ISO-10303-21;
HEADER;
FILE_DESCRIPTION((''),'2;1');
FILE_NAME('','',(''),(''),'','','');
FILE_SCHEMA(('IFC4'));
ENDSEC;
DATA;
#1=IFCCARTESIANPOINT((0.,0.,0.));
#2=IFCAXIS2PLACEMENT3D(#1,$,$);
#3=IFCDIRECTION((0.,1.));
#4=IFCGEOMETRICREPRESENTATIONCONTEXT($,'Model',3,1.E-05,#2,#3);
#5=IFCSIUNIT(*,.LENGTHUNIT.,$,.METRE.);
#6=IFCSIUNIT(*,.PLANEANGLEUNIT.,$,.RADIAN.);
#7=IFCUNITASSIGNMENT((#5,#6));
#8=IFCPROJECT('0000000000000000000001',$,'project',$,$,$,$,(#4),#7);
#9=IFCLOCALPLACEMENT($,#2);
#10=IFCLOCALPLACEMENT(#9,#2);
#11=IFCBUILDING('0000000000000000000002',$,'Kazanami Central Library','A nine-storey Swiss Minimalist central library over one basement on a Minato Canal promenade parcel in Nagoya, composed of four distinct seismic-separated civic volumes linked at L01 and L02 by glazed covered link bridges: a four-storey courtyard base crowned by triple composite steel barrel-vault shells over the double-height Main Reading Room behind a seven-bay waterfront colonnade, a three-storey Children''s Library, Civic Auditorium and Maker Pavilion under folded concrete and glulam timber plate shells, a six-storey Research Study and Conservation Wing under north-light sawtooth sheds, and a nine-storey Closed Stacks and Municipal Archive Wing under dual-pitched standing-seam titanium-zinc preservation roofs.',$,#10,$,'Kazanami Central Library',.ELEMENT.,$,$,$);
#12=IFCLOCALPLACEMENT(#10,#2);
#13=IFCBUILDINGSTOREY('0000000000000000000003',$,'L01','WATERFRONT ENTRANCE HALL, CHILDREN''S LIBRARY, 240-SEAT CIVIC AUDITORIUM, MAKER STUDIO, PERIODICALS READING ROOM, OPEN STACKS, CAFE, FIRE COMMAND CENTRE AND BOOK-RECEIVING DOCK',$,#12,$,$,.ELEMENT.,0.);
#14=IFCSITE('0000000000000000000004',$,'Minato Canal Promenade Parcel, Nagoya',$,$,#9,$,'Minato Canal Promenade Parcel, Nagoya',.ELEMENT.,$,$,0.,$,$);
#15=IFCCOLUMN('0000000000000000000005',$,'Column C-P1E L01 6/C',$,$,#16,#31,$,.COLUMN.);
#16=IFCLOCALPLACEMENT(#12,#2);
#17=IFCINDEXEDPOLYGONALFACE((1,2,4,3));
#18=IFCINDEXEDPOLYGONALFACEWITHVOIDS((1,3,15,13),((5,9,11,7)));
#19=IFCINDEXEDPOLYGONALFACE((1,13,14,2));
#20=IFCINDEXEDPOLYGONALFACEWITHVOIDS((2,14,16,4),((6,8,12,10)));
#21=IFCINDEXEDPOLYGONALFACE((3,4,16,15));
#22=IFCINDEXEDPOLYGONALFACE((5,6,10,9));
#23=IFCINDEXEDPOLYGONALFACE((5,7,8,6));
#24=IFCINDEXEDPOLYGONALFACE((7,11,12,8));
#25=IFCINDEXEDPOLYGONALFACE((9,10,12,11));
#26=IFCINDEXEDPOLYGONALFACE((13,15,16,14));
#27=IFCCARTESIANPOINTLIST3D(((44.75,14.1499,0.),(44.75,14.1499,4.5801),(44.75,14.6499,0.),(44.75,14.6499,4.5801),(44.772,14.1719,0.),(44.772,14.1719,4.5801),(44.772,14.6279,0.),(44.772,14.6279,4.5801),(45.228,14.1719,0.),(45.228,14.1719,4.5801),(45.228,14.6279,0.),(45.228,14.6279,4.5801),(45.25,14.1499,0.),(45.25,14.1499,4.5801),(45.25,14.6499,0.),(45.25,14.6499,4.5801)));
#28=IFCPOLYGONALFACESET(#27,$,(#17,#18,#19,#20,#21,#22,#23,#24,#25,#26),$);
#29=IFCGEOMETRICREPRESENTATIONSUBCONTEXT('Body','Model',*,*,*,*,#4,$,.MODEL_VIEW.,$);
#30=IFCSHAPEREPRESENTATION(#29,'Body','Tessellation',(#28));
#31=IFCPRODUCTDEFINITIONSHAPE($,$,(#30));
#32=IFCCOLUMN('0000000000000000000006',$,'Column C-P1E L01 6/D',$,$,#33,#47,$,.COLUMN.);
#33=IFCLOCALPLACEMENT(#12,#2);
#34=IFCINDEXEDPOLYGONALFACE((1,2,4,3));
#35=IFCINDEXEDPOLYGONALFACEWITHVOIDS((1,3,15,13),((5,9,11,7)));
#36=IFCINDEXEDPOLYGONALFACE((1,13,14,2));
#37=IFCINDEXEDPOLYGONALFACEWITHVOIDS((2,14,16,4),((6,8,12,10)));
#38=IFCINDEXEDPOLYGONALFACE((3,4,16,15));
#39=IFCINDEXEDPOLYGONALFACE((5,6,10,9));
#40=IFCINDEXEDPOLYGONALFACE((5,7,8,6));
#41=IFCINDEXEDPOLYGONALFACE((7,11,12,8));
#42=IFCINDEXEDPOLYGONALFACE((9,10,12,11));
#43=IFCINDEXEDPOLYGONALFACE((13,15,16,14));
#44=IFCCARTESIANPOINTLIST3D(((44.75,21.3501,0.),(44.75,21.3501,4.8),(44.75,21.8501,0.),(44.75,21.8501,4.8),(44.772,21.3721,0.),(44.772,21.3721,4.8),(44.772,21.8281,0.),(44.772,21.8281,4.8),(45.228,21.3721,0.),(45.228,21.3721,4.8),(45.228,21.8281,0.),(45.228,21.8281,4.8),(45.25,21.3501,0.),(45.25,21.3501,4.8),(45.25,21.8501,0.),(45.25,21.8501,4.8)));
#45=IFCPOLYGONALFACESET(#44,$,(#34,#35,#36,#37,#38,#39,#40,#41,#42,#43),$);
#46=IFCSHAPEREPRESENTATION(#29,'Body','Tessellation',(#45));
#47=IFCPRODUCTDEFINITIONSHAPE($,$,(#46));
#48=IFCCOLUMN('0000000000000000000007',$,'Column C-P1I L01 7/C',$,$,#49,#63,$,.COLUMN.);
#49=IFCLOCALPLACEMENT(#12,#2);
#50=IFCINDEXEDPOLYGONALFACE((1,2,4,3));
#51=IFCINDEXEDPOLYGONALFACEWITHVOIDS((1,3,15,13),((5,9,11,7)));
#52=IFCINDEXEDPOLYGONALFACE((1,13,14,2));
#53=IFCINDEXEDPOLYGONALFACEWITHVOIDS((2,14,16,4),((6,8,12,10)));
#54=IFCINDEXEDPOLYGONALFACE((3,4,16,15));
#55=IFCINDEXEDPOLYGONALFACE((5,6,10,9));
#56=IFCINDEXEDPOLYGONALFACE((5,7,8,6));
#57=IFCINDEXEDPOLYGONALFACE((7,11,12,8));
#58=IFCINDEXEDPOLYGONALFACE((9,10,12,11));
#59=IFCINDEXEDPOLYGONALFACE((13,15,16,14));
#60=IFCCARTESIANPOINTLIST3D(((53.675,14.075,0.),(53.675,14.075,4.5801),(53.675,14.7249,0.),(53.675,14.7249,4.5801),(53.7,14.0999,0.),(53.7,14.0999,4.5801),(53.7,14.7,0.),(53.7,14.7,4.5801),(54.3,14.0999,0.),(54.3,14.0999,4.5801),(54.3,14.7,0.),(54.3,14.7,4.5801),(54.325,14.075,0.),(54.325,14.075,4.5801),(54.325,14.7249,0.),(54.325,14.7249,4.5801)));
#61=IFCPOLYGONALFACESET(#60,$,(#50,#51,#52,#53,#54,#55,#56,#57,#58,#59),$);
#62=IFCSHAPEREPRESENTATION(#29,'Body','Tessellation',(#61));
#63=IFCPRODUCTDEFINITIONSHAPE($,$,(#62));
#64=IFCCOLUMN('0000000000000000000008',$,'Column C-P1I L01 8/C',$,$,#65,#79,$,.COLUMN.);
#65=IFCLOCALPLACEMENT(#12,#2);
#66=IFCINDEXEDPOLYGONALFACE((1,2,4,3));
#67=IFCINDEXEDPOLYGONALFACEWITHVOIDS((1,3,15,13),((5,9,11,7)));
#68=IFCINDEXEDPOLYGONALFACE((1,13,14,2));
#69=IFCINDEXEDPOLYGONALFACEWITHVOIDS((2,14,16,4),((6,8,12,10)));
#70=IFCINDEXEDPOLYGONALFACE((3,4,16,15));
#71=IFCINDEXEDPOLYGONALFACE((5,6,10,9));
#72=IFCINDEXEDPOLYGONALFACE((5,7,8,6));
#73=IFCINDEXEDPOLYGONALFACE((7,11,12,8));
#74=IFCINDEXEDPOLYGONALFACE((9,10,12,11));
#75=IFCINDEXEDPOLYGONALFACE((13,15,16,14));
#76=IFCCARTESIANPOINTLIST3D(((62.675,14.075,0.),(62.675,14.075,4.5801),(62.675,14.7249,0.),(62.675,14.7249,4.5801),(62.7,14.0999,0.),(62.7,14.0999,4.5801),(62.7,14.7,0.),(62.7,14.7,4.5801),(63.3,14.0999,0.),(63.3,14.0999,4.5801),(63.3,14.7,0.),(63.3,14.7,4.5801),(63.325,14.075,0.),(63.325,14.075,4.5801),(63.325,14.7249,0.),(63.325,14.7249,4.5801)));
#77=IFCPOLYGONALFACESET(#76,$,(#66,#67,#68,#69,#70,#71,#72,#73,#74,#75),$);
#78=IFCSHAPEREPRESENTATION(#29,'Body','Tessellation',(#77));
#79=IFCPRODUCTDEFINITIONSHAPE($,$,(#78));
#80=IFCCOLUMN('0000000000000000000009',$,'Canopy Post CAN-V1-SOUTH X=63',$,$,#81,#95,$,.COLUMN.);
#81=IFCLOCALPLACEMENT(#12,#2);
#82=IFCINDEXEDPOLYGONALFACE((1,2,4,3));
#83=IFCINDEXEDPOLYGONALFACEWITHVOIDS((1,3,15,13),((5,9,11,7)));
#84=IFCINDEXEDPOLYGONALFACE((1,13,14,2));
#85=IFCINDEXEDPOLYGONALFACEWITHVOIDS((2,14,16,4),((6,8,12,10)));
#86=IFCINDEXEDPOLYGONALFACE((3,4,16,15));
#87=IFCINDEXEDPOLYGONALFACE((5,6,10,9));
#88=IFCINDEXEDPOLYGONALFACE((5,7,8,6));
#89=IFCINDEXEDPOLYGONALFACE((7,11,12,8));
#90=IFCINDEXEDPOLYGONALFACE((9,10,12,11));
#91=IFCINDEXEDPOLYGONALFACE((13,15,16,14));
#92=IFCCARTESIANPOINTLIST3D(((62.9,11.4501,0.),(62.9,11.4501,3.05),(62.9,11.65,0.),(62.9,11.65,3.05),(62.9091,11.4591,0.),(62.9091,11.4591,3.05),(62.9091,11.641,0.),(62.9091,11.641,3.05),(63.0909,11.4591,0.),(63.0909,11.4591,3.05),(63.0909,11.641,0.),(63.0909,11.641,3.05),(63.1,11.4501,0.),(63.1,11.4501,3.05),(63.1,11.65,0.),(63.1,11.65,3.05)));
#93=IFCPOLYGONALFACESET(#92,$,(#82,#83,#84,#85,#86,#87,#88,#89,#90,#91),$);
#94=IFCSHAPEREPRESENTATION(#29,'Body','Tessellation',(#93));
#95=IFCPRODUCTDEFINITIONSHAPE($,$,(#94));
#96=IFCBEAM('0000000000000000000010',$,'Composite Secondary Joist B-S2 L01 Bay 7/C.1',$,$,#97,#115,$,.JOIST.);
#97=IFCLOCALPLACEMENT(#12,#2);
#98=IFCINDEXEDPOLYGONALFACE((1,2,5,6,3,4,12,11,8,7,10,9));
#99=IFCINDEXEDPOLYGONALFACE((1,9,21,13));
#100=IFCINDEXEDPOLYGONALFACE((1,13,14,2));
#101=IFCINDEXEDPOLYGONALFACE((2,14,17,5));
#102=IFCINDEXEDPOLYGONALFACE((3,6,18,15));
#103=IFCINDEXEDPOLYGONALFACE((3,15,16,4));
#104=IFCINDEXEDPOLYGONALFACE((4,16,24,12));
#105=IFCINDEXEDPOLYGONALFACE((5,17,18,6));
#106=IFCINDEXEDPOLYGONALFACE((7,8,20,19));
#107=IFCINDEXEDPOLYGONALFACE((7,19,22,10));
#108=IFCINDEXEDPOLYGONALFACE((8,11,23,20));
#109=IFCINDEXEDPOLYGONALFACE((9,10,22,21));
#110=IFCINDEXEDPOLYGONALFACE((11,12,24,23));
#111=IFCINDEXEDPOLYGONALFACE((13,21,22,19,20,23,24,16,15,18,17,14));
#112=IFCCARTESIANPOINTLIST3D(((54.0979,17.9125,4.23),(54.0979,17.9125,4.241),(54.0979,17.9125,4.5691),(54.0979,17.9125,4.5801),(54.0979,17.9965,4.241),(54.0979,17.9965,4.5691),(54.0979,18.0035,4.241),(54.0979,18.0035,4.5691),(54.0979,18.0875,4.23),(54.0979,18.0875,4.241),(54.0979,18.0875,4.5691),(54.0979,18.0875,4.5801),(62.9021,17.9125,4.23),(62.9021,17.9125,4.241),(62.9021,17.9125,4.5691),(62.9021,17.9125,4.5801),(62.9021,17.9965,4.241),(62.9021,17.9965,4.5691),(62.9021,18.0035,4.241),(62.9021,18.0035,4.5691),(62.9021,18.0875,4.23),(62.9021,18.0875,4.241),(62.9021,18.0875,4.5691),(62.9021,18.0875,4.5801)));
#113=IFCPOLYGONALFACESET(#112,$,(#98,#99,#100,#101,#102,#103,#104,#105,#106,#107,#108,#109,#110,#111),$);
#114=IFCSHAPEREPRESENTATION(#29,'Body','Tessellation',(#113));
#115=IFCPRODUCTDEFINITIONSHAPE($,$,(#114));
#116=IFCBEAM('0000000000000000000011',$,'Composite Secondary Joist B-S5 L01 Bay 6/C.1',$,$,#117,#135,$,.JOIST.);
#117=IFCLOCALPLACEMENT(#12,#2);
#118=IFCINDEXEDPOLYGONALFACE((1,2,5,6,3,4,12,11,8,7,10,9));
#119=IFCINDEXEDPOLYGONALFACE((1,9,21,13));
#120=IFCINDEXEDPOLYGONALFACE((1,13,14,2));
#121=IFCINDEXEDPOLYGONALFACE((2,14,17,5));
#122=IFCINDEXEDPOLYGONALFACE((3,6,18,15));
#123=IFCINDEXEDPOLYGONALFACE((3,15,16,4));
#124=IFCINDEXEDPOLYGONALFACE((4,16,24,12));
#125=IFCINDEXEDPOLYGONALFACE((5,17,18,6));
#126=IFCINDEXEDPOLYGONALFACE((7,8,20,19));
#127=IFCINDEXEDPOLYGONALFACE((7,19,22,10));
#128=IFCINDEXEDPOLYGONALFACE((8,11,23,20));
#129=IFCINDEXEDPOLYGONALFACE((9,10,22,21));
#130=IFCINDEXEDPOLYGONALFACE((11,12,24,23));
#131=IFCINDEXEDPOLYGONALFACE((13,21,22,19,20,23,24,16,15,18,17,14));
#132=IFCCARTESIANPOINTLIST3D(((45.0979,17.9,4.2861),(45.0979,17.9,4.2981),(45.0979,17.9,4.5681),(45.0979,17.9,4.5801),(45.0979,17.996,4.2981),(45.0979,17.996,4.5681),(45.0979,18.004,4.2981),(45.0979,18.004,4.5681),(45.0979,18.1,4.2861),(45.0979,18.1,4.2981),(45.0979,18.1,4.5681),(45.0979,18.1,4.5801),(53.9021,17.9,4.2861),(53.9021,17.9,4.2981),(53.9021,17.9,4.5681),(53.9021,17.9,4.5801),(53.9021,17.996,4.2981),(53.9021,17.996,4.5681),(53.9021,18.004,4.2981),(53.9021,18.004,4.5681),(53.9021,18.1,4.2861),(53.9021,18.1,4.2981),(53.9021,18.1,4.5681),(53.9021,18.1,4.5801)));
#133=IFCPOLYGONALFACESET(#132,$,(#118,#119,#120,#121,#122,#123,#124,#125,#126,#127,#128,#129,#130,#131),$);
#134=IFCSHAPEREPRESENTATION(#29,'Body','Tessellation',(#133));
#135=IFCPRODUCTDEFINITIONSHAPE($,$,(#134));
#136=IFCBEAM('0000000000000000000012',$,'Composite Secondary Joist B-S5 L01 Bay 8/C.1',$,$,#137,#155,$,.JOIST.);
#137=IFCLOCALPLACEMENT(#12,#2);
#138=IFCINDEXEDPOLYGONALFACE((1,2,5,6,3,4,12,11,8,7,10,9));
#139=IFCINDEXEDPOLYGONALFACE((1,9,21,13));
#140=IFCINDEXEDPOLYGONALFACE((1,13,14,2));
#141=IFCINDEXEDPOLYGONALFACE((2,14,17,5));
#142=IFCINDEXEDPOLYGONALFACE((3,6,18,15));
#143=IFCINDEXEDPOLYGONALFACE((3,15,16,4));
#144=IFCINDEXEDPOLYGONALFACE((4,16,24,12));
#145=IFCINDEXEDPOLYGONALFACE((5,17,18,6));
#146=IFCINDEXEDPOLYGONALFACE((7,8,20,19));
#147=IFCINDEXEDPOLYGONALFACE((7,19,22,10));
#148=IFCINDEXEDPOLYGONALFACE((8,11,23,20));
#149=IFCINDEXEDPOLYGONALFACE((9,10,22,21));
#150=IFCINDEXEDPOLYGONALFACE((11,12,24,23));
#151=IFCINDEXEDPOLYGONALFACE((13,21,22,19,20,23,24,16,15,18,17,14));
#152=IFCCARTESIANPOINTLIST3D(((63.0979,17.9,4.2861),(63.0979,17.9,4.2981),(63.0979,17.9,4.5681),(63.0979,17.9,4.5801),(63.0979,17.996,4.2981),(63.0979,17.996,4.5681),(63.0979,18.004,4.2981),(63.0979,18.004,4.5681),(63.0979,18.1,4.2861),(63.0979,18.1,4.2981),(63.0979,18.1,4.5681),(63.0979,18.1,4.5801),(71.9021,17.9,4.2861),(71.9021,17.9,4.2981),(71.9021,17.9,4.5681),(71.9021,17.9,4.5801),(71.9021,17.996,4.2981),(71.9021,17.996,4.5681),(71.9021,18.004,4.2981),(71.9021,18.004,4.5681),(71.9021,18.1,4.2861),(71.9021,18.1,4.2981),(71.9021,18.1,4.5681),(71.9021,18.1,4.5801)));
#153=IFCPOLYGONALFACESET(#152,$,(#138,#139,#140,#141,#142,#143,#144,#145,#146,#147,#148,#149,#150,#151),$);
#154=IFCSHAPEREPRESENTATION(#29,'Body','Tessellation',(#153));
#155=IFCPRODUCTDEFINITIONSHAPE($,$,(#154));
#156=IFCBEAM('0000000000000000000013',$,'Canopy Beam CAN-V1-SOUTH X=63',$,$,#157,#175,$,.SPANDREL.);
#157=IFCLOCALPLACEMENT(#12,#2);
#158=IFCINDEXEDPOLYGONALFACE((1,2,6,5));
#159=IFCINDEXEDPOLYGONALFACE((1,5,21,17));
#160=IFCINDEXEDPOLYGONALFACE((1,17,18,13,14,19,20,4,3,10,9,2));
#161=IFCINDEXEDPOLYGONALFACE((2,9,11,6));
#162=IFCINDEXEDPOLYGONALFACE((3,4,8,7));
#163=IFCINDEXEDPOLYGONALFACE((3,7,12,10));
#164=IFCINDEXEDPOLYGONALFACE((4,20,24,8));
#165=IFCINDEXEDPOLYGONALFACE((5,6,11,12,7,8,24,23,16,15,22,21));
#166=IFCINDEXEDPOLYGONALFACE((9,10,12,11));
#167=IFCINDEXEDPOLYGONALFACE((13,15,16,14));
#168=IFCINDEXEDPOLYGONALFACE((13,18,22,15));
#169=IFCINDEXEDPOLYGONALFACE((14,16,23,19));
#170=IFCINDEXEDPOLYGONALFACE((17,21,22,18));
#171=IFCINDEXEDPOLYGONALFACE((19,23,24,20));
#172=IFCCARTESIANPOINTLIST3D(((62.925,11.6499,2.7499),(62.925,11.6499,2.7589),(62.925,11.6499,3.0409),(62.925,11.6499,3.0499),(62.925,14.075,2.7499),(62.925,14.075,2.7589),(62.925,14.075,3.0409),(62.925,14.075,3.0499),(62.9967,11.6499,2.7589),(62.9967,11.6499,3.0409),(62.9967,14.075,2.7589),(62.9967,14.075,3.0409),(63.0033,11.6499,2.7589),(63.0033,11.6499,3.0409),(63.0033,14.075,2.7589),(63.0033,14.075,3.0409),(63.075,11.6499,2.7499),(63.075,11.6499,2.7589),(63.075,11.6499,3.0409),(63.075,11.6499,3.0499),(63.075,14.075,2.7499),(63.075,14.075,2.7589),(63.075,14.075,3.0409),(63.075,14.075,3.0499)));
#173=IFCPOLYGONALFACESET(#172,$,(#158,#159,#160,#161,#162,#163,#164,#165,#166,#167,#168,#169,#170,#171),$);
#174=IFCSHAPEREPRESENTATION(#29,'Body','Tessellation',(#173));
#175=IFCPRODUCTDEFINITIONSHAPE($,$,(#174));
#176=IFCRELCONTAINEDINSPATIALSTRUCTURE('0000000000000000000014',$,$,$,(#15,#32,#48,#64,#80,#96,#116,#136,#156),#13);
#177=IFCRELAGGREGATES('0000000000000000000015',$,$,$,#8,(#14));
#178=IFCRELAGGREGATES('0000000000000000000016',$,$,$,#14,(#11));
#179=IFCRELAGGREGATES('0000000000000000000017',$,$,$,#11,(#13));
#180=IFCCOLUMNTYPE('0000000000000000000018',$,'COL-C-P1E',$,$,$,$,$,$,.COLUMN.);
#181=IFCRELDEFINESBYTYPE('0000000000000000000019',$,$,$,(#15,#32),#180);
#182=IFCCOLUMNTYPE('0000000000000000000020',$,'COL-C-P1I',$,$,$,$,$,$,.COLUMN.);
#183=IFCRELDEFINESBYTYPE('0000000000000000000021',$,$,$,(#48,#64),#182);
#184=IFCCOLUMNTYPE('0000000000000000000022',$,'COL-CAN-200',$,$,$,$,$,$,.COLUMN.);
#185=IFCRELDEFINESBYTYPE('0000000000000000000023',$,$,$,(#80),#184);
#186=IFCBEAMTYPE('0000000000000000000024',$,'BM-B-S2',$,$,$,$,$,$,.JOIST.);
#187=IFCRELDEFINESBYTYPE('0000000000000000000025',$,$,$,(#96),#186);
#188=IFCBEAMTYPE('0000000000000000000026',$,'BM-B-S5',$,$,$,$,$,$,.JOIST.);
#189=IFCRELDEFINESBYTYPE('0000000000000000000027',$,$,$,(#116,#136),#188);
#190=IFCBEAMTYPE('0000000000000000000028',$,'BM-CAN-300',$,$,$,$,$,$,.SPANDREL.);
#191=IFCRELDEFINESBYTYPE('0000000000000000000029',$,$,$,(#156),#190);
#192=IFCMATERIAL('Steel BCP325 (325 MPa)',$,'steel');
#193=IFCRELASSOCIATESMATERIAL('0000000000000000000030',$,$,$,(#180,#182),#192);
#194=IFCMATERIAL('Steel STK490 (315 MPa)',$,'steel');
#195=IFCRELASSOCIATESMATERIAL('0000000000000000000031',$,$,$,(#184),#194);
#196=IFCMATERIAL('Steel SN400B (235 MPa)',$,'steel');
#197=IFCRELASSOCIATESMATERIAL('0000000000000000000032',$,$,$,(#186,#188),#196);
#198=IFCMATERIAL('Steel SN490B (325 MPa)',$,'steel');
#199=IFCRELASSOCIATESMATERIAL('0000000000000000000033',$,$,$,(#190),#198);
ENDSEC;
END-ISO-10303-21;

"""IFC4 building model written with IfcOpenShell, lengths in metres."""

from ifc_helpers import new_model, si_unit, direction, frame, origin, origin_2d, place, context, subcontext, project, spatial, hollow_rectangle, i_section, extrude, material, material_profile, profile_set, type_object, element, save


model = new_model("IFC4")

# Units and contexts
model_context = context("Model", 3, precision=1e-05, world=origin(), true_north=direction((0.0, 1.0)))
body_context = subcontext(model_context, "Body", "Model", "MODEL_VIEW")
ifc_project = project(units=[si_unit("LENGTHUNIT", "METRE"), si_unit("PLANEANGLEUNIT", "RADIAN")], contexts=[model_context])

# Site, building, storey
site_placement = place(None, origin())
site = spatial("IfcSite", under=ifc_project, at=site_placement, Name="Minato Canal Promenade Parcel, Nagoya", LongName="Minato Canal Promenade Parcel, Nagoya", CompositionType="ELEMENT", RefElevation=0.0)
building_placement = place(site_placement, origin())
building = spatial("IfcBuilding", under=site, at=building_placement, Name="Kazanami Central Library", Description="A nine-storey Swiss Minimalist central library over one basement on a Minato Canal promenade parcel in Nagoya, composed of four distinct seismic-separated civic volumes linked at L01 and L02 by glazed covered link bridges: a four-storey courtyard base crowned by triple composite steel barrel-vault shells over the double-height Main Reading Room behind a seven-bay waterfront colonnade, a three-storey Children's Library, Civic Auditorium and Maker Pavilion under folded concrete and glulam timber plate shells, a six-storey Research Study and Conservation Wing under north-light sawtooth sheds, and a nine-storey Closed Stacks and Municipal Archive Wing under dual-pitched standing-seam titanium-zinc preservation roofs.", LongName="Kazanami Central Library", CompositionType="ELEMENT")
storey_placement = place(building_placement, origin())
storey = spatial("IfcBuildingStorey", under=building, at=storey_placement, Name="L01", Description="WATERFRONT ENTRANCE HALL, CHILDREN'S LIBRARY, 240-SEAT CIVIC AUDITORIUM, MAKER STUDIO, PERIODICALS READING ROOM, OPEN STACKS, CAFE, FIRE COMMAND CENTRE AND BOOK-RECEIVING DOCK", CompositionType="ELEMENT", Elevation=0.0)

# Columns
ifc_material_1 = material(Name="Steel BCP325 (325 MPa)", Category="steel")
ifc_material_profile_1 = material_profile(ifc_material_1, hollow_rectangle(XDim=0.5, YDim=0.5, WallThickness=0.022, at=origin_2d()), Name="BCP-500x500x22")
ifc_profile_set_1 = profile_set([ifc_material_profile_1], Name="Steel BCP325 (325 MPa)")
column_type_1 = type_object("IfcColumnType", Name="COL-C-P1E", PredefinedType="COLUMN", material=ifc_profile_set_1)
column_1_placement = place(storey_placement, frame((45.0, 14.3999, 0.0), z_axis=(0.0, 0.0, 1.0), x_axis=(1.0, 0.0, 0.0)))
element("IfcColumn", 1, at=column_1_placement, inside=storey, type_object=column_type_1, Name="Column C-P1E L01 6/C", PredefinedType="COLUMN", context=body_context, shape_type="SweptSolid", body=[
    extrude(hollow_rectangle(XDim=0.5, YDim=0.5, WallThickness=0.022, at=origin_2d()), origin(), (0.0, 0.0, 1.0), 4.5801),
])
column_2_placement = place(storey_placement, frame((45.0, 21.6001, 0.0), z_axis=(0.0, 0.0, 1.0), x_axis=(1.0, 0.0, 0.0)))
element("IfcColumn", 2, at=column_2_placement, inside=storey, type_object=column_type_1, Name="Column C-P1E L01 6/D", PredefinedType="COLUMN", context=body_context, shape_type="SweptSolid", body=[
    extrude(hollow_rectangle(XDim=0.5, YDim=0.5, WallThickness=0.022, at=origin_2d()), origin(), (0.0, 0.0, 1.0), 4.8),
])
ifc_material_profile_2 = material_profile(ifc_material_1, hollow_rectangle(XDim=0.6499, YDim=0.6499, WallThickness=0.0249, at=origin_2d()), Name="BCP-650x650x25")
ifc_profile_set_2 = profile_set([ifc_material_profile_2], Name="Steel BCP325 (325 MPa)")
column_type_2 = type_object("IfcColumnType", Name="COL-C-P1I", PredefinedType="COLUMN", material=ifc_profile_set_2)
for number, where, z_axis, x_axis, name in (
    (3, (54.0, 14.3999, 0.0), (0.0, 0.0, 1.0), (1.0, 0.0, 0.0), "Column C-P1I L01 7/C"),
    (4, (63.0, 14.3999, 0.0), (0.0, 0.0, 1.0), (1.0, 0.0, 0.0), "Column C-P1I L01 8/C"),
):
    element("IfcColumn", number, at=place(storey_placement, frame(where, z_axis=z_axis, x_axis=x_axis)), inside=storey, type_object=column_type_2, Name=name, PredefinedType="COLUMN", context=body_context, shape_type="SweptSolid", body=[
        extrude(hollow_rectangle(XDim=0.6499, YDim=0.6499, WallThickness=0.0249, at=origin_2d()), origin(), (0.0, 0.0, 1.0), 4.5801),
    ])
ifc_material_2 = material(Name="Steel STK490 (315 MPa)", Category="steel")
ifc_material_profile_3 = material_profile(ifc_material_2, hollow_rectangle(XDim=0.2, YDim=0.2, WallThickness=0.009, at=origin_2d()), Name="STKR-200x200x9")
ifc_profile_set_3 = profile_set([ifc_material_profile_3], Name="Steel STK490 (315 MPa)")
column_type_3 = type_object("IfcColumnType", Name="COL-CAN-200", PredefinedType="COLUMN", material=ifc_profile_set_3)
column_3_placement = place(storey_placement, frame((63.0, 11.55, 0.0), z_axis=(0.0, 0.0, 1.0), x_axis=(1.0, 0.0, 0.0)))
element("IfcColumn", 5, at=column_3_placement, inside=storey, type_object=column_type_3, Name="Canopy Post CAN-V1-SOUTH X=63", PredefinedType="COLUMN", context=body_context, shape_type="SweptSolid", body=[
    extrude(hollow_rectangle(XDim=0.2, YDim=0.2, WallThickness=0.009, at=origin_2d()), origin(), (0.0, 0.0, 1.0), 3.05),
])

# Beams
ifc_material_3 = material(Name="Steel SN400B (235 MPa)", Category="steel")
ifc_material_profile_4 = material_profile(ifc_material_3, i_section(OverallWidth=0.175, OverallDepth=0.3501, WebThickness=0.0071, FlangeThickness=0.011, at=origin_2d()), Name="H-350x175x7x11")
ifc_profile_set_4 = profile_set([ifc_material_profile_4], Name="Steel SN400B (235 MPa)")
beam_type_1 = type_object("IfcBeamType", Name="BM-B-S2", PredefinedType="JOIST", material=ifc_profile_set_4)
beam_1_placement = place(storey_placement, frame((54.0979, 18.0, 4.405), z_axis=(1.0, 0.0, 0.0), x_axis=(0.0, 1.0, 0.0)))
element("IfcBeam", 6, at=beam_1_placement, inside=storey, type_object=beam_type_1, Name="Composite Secondary Joist B-S2 L01 Bay 7/C.1", PredefinedType="JOIST", context=body_context, shape_type="SweptSolid", body=[
    extrude(i_section(OverallWidth=0.175, OverallDepth=0.3501, WebThickness=0.0071, FlangeThickness=0.011, at=origin_2d()), origin(), (0.0, 0.0, 1.0), 8.8042),
])
ifc_material_profile_5 = material_profile(ifc_material_3, i_section(OverallWidth=0.2, OverallDepth=0.2939, WebThickness=0.0081, FlangeThickness=0.012, at=origin_2d()), Name="H-294x200x8x12")
ifc_profile_set_5 = profile_set([ifc_material_profile_5], Name="Steel SN400B (235 MPa)")
beam_type_2 = type_object("IfcBeamType", Name="BM-B-S5", PredefinedType="JOIST", material=ifc_profile_set_5)
for number, where, z_axis, x_axis, name in (
    (7, (45.0979, 18.0, 4.4331), (1.0, 0.0, 0.0), (0.0, 1.0, 0.0), "Composite Secondary Joist B-S5 L01 Bay 6/C.1"),
    (8, (63.0979, 18.0, 4.4331), (1.0, 0.0, 0.0), (0.0, 1.0, 0.0), "Composite Secondary Joist B-S5 L01 Bay 8/C.1"),
):
    element("IfcBeam", number, at=place(storey_placement, frame(where, z_axis=z_axis, x_axis=x_axis)), inside=storey, type_object=beam_type_2, Name=name, PredefinedType="JOIST", context=body_context, shape_type="SweptSolid", body=[
        extrude(i_section(OverallWidth=0.2, OverallDepth=0.2939, WebThickness=0.0081, FlangeThickness=0.012, at=origin_2d()), origin(), (0.0, 0.0, 1.0), 8.8042),
    ])
ifc_material_4 = material(Name="Steel SN490B (325 MPa)", Category="steel")
ifc_material_profile_6 = material_profile(ifc_material_4, i_section(OverallWidth=0.1499, OverallDepth=0.3, WebThickness=0.0066, FlangeThickness=0.009, at=origin_2d()), Name="H-300x150x6.5x9")
ifc_profile_set_6 = profile_set([ifc_material_profile_6], Name="Steel SN490B (325 MPa)")
beam_type_3 = type_object("IfcBeamType", Name="BM-CAN-300", PredefinedType="SPANDREL", material=ifc_profile_set_6)
beam_2_placement = place(storey_placement, frame((63.0, 14.075, 2.8999), z_axis=(0.0, -1.0, 0.0), x_axis=(1.0, 0.0, 0.0)))
element("IfcBeam", 9, at=beam_2_placement, inside=storey, type_object=beam_type_3, Name="Canopy Beam CAN-V1-SOUTH X=63", PredefinedType="SPANDREL", context=body_context, shape_type="SweptSolid", body=[
    extrude(i_section(OverallWidth=0.1499, OverallDepth=0.3, WebThickness=0.0066, FlangeThickness=0.009, at=origin_2d()), origin(), (0.0, 0.0, 1.0), 2.425),
])

save(model, "model.ifc")
